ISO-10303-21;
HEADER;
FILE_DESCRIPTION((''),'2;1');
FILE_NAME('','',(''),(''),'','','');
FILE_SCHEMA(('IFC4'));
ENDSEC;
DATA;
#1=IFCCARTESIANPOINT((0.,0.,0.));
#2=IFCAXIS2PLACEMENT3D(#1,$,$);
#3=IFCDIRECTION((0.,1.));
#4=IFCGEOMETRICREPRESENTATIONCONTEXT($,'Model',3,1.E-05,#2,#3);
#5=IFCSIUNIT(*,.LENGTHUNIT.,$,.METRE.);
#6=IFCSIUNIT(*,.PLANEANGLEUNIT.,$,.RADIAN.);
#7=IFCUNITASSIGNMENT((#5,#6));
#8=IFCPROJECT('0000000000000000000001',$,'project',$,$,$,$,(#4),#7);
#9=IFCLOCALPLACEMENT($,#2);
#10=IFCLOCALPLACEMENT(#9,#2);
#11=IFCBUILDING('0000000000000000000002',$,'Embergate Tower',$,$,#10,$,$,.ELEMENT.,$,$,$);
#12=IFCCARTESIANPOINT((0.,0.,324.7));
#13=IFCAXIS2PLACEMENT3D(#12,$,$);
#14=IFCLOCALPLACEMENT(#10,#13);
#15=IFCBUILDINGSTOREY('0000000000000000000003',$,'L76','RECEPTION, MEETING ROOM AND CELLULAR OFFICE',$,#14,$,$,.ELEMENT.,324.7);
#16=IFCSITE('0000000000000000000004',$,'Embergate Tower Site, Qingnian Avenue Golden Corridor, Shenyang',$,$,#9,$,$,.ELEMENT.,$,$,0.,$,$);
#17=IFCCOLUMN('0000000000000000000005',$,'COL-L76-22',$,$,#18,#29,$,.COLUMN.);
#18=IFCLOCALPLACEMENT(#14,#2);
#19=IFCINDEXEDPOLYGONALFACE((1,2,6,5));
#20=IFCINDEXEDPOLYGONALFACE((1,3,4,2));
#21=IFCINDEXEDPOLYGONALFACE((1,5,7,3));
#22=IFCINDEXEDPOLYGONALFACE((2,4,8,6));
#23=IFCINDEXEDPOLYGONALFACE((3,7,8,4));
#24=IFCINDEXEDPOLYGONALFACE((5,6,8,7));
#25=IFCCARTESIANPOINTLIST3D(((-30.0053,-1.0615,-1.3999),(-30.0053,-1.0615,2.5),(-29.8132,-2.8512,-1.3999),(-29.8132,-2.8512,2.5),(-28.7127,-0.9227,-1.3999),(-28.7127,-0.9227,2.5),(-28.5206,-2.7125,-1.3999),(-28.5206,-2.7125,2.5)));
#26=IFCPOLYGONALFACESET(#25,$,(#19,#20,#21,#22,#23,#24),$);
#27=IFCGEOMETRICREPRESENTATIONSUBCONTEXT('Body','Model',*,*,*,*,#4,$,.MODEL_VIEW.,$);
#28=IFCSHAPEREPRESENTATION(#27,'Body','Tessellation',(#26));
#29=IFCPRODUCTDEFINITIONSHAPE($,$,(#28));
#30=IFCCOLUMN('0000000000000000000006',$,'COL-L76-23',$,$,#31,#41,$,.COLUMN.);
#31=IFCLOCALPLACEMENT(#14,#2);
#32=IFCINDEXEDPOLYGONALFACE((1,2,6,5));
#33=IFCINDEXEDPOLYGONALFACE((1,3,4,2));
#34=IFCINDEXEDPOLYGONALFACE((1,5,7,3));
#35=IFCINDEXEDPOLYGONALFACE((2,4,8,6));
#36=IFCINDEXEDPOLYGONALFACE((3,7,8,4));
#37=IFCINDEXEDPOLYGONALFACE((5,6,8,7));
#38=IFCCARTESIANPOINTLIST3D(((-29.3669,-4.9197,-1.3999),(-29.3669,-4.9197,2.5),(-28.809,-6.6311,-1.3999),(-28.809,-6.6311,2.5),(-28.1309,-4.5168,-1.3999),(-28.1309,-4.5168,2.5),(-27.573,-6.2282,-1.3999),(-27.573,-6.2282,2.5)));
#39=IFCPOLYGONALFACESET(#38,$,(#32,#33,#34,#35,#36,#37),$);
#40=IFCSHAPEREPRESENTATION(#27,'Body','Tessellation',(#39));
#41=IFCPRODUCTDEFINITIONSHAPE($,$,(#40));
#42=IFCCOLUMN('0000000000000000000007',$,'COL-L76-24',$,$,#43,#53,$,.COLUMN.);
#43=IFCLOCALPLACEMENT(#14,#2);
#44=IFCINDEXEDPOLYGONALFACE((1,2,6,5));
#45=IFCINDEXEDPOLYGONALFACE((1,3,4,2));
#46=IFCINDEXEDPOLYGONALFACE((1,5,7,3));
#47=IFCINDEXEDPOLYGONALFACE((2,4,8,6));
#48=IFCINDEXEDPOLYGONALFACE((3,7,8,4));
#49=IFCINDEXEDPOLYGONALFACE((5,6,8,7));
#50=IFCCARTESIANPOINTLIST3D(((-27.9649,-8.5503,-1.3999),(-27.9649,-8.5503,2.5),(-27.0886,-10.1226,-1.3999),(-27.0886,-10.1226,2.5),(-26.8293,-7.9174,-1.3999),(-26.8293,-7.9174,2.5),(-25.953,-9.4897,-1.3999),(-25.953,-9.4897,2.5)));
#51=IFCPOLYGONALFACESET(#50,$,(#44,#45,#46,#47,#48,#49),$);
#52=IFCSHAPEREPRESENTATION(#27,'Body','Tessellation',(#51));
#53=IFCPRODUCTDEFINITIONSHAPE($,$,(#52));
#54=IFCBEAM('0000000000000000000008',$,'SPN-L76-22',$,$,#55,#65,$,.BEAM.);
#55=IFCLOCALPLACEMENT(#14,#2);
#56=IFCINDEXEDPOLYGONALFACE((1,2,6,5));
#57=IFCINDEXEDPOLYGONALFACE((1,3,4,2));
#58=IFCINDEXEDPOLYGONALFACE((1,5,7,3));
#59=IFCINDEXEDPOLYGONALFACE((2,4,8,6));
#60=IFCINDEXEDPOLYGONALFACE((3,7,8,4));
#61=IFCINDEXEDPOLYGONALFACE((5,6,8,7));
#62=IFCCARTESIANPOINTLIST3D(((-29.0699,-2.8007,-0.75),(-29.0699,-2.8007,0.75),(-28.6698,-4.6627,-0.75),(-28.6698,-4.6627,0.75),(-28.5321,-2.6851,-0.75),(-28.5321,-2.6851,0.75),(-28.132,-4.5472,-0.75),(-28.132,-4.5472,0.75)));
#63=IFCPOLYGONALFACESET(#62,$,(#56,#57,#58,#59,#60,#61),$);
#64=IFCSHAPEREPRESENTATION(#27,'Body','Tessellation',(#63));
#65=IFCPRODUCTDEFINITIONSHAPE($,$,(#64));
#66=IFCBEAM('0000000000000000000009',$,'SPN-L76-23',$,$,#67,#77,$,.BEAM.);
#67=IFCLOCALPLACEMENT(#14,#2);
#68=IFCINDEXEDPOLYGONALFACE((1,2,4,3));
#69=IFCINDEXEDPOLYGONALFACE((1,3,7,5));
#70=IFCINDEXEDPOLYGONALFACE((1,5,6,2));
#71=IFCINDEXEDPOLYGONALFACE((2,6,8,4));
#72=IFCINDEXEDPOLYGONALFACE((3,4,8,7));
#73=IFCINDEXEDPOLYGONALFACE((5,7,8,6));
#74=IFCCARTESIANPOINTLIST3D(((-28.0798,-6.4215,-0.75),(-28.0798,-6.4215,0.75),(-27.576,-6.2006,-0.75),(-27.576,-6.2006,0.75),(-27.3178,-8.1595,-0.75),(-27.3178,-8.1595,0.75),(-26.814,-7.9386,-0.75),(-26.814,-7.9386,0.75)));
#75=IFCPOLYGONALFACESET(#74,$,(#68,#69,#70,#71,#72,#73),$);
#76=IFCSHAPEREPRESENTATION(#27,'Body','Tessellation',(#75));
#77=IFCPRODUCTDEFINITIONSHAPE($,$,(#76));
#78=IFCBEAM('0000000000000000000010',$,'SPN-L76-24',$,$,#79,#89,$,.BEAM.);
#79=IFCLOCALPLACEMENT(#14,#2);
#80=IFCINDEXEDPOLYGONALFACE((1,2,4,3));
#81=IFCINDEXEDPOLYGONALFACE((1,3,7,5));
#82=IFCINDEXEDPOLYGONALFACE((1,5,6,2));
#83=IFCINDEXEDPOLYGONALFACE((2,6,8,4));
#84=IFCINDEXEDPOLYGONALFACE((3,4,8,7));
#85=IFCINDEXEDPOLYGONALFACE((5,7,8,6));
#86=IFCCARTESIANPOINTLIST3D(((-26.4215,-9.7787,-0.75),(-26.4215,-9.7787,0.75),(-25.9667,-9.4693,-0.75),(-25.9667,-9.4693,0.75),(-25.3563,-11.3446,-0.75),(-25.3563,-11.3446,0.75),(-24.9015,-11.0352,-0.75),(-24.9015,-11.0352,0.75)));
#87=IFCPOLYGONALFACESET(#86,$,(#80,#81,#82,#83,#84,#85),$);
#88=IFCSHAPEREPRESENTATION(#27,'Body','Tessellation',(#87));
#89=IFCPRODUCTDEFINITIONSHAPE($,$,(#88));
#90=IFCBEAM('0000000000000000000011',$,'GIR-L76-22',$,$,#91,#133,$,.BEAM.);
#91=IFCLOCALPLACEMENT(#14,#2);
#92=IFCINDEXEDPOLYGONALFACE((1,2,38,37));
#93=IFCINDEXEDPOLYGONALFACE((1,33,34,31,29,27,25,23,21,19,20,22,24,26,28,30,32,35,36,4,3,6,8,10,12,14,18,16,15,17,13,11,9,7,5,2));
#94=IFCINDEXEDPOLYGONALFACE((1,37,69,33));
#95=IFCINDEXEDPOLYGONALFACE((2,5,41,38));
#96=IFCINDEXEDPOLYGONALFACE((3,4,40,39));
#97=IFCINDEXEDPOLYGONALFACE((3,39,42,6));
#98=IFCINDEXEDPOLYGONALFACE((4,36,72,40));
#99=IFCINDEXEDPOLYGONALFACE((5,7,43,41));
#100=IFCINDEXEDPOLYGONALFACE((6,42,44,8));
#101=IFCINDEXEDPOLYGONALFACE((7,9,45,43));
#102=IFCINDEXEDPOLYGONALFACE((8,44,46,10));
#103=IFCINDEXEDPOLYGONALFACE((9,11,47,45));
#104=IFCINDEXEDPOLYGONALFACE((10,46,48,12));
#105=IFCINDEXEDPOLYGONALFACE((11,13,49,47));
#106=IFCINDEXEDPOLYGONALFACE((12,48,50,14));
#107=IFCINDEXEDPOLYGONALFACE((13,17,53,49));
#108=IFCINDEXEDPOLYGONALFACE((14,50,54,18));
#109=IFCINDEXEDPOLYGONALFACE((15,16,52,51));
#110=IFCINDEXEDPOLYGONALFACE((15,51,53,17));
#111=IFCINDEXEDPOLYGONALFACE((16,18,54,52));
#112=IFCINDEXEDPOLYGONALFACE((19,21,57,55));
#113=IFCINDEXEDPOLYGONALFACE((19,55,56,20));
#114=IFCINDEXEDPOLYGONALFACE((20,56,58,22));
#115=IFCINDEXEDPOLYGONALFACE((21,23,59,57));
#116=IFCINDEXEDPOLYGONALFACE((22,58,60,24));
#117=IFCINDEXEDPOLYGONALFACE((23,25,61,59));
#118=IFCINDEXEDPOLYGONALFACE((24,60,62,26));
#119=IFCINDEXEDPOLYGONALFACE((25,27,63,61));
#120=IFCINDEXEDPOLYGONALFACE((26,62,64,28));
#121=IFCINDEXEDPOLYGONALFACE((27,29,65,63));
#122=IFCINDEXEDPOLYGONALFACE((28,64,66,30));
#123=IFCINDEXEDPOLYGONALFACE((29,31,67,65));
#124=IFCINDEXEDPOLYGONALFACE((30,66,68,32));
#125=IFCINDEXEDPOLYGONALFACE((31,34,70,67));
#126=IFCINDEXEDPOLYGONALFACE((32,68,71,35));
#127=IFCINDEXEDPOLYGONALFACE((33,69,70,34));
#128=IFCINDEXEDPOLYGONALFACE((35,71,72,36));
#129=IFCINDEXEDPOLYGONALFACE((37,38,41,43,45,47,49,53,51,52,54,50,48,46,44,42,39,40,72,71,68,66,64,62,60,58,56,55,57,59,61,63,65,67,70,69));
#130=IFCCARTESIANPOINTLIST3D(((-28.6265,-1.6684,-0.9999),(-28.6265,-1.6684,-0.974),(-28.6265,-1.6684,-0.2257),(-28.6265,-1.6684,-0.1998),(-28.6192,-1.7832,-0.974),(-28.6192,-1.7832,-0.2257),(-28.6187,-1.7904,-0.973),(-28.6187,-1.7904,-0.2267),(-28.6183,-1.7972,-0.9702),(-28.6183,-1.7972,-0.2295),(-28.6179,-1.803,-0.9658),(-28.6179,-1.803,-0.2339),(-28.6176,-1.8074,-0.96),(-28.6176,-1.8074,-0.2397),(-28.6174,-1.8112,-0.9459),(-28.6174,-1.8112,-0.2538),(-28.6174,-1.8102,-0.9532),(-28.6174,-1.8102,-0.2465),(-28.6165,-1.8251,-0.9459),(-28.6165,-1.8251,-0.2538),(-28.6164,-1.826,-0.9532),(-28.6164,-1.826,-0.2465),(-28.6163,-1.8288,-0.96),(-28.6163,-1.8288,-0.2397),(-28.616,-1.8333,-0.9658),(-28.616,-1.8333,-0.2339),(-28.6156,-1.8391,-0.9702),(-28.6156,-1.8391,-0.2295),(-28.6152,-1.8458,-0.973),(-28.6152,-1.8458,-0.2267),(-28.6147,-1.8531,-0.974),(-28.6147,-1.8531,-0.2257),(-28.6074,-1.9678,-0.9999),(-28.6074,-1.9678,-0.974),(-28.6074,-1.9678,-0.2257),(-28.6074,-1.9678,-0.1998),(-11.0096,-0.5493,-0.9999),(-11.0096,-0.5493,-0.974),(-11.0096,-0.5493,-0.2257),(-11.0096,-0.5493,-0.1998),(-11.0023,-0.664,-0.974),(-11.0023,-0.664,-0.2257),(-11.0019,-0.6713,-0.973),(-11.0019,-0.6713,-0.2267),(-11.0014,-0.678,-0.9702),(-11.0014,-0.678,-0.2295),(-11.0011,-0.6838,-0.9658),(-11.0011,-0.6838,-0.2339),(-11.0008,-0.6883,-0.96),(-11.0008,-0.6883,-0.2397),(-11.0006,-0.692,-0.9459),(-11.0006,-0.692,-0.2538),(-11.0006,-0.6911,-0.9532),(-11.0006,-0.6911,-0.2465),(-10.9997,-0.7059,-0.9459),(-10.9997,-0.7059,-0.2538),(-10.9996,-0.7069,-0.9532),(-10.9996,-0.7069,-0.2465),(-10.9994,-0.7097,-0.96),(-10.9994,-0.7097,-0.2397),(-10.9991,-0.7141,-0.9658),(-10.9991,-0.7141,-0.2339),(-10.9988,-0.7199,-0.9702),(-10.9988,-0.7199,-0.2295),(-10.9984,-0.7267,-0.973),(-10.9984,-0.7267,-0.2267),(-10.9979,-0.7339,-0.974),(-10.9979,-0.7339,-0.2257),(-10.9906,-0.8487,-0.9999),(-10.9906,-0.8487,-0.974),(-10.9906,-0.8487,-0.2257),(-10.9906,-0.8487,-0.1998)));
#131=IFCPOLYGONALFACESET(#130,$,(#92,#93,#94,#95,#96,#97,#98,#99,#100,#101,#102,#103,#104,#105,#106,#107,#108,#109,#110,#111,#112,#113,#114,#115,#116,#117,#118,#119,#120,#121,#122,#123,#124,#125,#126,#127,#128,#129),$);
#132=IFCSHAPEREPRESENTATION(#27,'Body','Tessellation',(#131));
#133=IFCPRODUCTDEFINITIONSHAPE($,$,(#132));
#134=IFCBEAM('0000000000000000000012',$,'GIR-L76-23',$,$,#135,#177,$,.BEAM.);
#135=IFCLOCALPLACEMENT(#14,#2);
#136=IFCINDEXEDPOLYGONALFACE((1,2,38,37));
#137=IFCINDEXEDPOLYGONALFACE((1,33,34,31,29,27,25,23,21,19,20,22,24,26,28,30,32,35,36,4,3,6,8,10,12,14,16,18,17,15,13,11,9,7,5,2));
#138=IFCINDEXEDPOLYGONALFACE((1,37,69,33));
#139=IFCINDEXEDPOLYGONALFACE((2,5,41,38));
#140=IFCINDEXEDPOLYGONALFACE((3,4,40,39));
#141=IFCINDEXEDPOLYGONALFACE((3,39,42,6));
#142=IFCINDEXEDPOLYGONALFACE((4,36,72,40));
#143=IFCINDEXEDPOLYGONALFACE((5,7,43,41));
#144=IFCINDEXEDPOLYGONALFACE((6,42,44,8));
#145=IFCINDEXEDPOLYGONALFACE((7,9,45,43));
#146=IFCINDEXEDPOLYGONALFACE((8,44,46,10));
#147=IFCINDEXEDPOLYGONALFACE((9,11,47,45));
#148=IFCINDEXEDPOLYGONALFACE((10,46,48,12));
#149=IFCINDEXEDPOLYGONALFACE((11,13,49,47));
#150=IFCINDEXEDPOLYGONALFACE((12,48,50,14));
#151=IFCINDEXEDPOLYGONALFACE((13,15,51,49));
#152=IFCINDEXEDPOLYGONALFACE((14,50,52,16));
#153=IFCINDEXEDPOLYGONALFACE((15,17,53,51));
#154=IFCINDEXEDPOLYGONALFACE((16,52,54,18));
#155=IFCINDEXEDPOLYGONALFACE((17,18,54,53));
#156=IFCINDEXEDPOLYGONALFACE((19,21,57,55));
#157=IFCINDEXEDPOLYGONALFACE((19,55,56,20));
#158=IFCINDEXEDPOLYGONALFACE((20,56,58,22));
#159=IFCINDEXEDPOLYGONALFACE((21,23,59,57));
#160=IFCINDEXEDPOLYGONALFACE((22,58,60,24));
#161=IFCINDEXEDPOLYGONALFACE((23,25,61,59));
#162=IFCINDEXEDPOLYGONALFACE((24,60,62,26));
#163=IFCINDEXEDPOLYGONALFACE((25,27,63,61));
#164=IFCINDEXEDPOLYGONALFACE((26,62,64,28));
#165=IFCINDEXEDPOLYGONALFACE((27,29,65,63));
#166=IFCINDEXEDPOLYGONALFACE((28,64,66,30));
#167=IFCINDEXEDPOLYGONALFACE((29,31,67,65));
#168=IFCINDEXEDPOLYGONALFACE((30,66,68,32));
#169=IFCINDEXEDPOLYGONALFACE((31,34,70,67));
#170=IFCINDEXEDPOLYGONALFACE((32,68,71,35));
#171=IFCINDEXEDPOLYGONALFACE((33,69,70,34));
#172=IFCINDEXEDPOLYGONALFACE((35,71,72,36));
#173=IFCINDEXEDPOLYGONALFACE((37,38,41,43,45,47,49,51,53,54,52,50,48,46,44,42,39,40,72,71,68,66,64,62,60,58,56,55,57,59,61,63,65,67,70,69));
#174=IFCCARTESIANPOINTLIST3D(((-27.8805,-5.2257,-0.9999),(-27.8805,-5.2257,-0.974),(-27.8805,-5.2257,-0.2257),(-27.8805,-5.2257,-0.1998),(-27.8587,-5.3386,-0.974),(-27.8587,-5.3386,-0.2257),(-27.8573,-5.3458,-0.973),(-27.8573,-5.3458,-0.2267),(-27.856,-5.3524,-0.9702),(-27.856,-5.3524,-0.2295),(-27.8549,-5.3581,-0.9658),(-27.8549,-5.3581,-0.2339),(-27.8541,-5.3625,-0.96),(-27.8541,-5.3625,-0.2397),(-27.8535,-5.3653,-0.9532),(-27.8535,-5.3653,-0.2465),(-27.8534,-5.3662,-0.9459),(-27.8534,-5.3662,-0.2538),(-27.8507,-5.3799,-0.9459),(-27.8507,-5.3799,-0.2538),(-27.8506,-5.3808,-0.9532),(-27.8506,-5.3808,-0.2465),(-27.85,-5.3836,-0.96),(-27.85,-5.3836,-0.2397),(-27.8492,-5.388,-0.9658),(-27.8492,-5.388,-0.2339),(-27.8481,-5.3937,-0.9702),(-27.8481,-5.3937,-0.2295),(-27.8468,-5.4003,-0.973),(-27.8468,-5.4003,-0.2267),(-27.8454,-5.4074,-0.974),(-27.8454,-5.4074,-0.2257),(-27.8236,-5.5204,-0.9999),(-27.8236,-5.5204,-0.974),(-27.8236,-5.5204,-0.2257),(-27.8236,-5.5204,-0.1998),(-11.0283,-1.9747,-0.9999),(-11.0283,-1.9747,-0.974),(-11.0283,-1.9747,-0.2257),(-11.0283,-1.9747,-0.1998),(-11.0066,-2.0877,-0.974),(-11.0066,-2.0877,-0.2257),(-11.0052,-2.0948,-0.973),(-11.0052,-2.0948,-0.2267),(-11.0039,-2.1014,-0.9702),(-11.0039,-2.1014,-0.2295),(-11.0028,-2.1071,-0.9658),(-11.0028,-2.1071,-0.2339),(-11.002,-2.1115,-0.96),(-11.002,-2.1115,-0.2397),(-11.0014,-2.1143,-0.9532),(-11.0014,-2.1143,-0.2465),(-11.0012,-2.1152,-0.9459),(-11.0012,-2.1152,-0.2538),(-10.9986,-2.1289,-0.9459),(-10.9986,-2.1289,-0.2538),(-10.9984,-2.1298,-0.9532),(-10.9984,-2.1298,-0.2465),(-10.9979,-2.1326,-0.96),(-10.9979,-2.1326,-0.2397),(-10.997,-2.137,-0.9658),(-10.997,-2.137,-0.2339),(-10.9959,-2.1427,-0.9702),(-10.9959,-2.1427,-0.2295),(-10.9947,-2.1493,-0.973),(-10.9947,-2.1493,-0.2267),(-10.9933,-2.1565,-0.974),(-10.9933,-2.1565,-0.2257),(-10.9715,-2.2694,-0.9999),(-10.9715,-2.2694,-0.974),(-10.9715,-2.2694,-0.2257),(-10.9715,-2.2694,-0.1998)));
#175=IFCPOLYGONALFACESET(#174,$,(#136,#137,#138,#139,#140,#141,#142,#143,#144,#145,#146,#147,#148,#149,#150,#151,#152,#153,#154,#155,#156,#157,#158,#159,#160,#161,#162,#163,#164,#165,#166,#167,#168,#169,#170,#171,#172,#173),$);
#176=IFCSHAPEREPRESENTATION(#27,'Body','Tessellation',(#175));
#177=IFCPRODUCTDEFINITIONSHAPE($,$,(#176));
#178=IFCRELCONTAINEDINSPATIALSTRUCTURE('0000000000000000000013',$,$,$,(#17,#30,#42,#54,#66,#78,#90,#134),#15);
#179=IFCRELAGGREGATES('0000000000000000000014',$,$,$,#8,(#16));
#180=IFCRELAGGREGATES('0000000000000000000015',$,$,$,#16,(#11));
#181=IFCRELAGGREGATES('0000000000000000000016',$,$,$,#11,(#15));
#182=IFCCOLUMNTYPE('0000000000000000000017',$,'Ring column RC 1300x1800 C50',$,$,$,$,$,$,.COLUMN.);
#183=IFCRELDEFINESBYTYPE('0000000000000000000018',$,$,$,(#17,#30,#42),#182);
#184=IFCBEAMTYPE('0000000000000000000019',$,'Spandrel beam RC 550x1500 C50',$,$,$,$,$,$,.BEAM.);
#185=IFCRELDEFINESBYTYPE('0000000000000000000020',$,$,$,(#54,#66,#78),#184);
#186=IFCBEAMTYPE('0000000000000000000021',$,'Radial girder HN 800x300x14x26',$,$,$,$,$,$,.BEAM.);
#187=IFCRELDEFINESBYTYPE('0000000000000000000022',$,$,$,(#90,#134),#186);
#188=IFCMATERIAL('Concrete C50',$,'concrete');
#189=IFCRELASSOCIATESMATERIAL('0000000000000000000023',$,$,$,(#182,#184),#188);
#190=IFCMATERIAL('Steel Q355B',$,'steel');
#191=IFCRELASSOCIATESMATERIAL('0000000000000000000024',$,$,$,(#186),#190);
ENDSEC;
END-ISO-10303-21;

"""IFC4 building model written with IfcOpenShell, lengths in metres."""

from ifc_helpers import new_model, si_unit, direction, frame, origin, origin_2d, place, context, subcontext, project, spatial, rectangle, i_section, extrude, source, transform, mapped, material, material_profile, profile_set, type_object, element, save


model = new_model("IFC4")

# Units and contexts
model_context = context("Model", 3, precision=1e-05, world=origin(), true_north=direction((0.0, 1.0)))
body_context = subcontext(model_context, "Body", "Model", "MODEL_VIEW")
ifc_project = project(units=[si_unit("LENGTHUNIT", "METRE"), si_unit("PLANEANGLEUNIT", "RADIAN")], contexts=[model_context])

# Site, building, storey
site_placement = place(None, origin())
site = spatial("IfcSite", under=ifc_project, at=site_placement, Name="Embergate Tower Site, Qingnian Avenue Golden Corridor, Shenyang", CompositionType="ELEMENT", RefElevation=0.0)
building_placement = place(site_placement, origin())
building = spatial("IfcBuilding", under=site, at=building_placement, Name="Embergate Tower", CompositionType="ELEMENT")
storey_placement = place(building_placement, frame((0.0, 0.0, 324.7)))
storey = spatial("IfcBuildingStorey", under=building, at=storey_placement, Name="L76", Description="RECEPTION, MEETING ROOM AND CELLULAR OFFICE", CompositionType="ELEMENT", Elevation=324.7)

# Columns
ifc_material_1 = material(Name="Concrete C50", Category="concrete")
ifc_material_profile_1 = material_profile(ifc_material_1, rectangle(XDim=1.3, YDim=1.8, at=origin_2d()), Name="RC 1300x1800")
ifc_profile_set_1 = profile_set([ifc_material_profile_1], Name="Concrete C50")
column_type = type_object("IfcColumnType", Name="Ring column RC 1300x1800 C50", PredefinedType="COLUMN", material=ifc_profile_set_1)
shared_shape_1 = source(origin(), body_context, "Body", "SweptSolid", [
    extrude(rectangle(XDim=1.3, YDim=1.8, at=origin_2d()), origin(), (0.0, 0.0, 1.0), 3.8999),
])
for number, where, z_axis, x_axis, name in (
    (1, (-29.2629, -1.887, -1.3999), (0.0, 0.0, 1.0), (-0.994286, -0.10675, 0.0), "COL-L76-22"),
    (2, (-28.47, -5.574, -1.3999), (0.0, 0.0, 1.0), (-0.950754, -0.309946, 0.0), "COL-L76-23"),
    (3, (-26.959, -9.02, -1.3999), (0.0, 0.0, 1.0), (-0.8735, -0.486823, 0.0), "COL-L76-24"),
):
    element("IfcColumn", number, at=place(storey_placement, frame(where, z_axis=z_axis, x_axis=x_axis)), inside=storey, type_object=column_type, Name=name, PredefinedType="COLUMN", context=body_context, shape_type="MappedRepresentation", body=[
        mapped(shared_shape_1, transform((0.0, 0.0, 0.0))),
    ])

# Beams
ifc_material_profile_2 = material_profile(ifc_material_1, rectangle(XDim=0.55, YDim=1.5, at=origin_2d()), Name="RC 550x1500")
ifc_profile_set_2 = profile_set([ifc_material_profile_2], Name="Concrete C50")
beam_type_1 = type_object("IfcBeamType", Name="Spandrel beam RC 550x1500 C50", PredefinedType="BEAM", material=ifc_profile_set_2)
shared_shape_2 = source(origin(), body_context, "Body", "SweptSolid", [
    extrude(rectangle(XDim=0.55, YDim=1.5, at=origin_2d()), origin(), (0.0, 0.0, 1.0), 1.9045),
])
beam_1_placement = place(storey_placement, frame((-28.801, -2.7429, 0.0), z_axis=(0.210098, -0.97768, 0.0), x_axis=(0.97768, 0.210098, 0.0)))
element("IfcBeam", 4, at=beam_1_placement, inside=storey, type_object=beam_type_1, Name="SPN-L76-22", PredefinedType="BEAM", context=body_context, shape_type="MappedRepresentation", body=[
    mapped(shared_shape_2, transform((0.0, 0.0, 0.0))),
])
shared_shape_3 = source(origin(), body_context, "Body", "SweptSolid", [
    extrude(rectangle(XDim=0.55, YDim=1.5, at=origin_2d()), origin(), (0.0, 0.0, 1.0), 1.8977),
])
beam_2_placement = place(storey_placement, frame((-27.8279, -6.311, 0.0), z_axis=(0.401514, -0.915853, 0.0), x_axis=(0.915853, 0.401514, 0.0)))
element("IfcBeam", 5, at=beam_2_placement, inside=storey, type_object=beam_type_1, Name="SPN-L76-23", PredefinedType="BEAM", context=body_context, shape_type="MappedRepresentation", body=[
    mapped(shared_shape_3, transform((0.0, 0.0, 0.0))),
])
shared_shape_4 = source(origin(), body_context, "Body", "SweptSolid", [
    extrude(rectangle(XDim=0.55, YDim=1.5, at=origin_2d()), origin(), (0.0, 0.0, 1.0), 1.8938),
])
beam_3_placement = place(storey_placement, frame((-26.1941, -9.624, 0.0), z_axis=(0.56244, -0.826838, 0.0), x_axis=(0.826838, 0.56244, 0.0)))
element("IfcBeam", 6, at=beam_3_placement, inside=storey, type_object=beam_type_1, Name="SPN-L76-24", PredefinedType="BEAM", context=body_context, shape_type="MappedRepresentation", body=[
    mapped(shared_shape_4, transform((0.0, 0.0, 0.0))),
])
ifc_material_2 = material(Name="Steel Q355B", Category="steel")
ifc_material_profile_3 = material_profile(ifc_material_2, i_section(OverallWidth=0.3, OverallDepth=0.8, WebThickness=0.0139, FlangeThickness=0.0259, FilletRadius=0.0281, at=origin_2d()), Name="HN 800x300x14x26")
ifc_profile_set_3 = profile_set([ifc_material_profile_3], Name="Steel Q355 grade B")
beam_type_2 = type_object("IfcBeamType", Name="Radial girder HN 800x300x14x26", PredefinedType="BEAM", material=ifc_profile_set_3)
shared_shape_5 = source(origin(), body_context, "Body", "SweptSolid", [
    extrude(i_section(OverallWidth=0.3, OverallDepth=0.8, WebThickness=0.0139, FlangeThickness=0.0259, FilletRadius=0.0281, at=origin_2d()), origin(), (0.0, 0.0, 1.0), 17.6523),
])
beam_4_placement = place(storey_placement, frame((-28.6169, -1.8181, -0.5999), z_axis=(0.997988, 0.063399, 0.0), x_axis=(-0.063399, 0.997988, 0.0)))
element("IfcBeam", 7, at=beam_4_placement, inside=storey, type_object=beam_type_2, Name="GIR-L76-22", PredefinedType="BEAM", context=body_context, shape_type="MappedRepresentation", body=[
    mapped(shared_shape_5, transform((0.0, 0.0, 0.0))),
])
shared_shape_6 = source(origin(), body_context, "Body", "SweptSolid", [
    extrude(i_section(OverallWidth=0.3, OverallDepth=0.8, WebThickness=0.0139, FlangeThickness=0.0259, FilletRadius=0.0281, at=origin_2d()), origin(), (0.0, 0.0, 1.0), 17.1628),
])
beam_5_placement = place(storey_placement, frame((-27.8521, -5.373, -0.5999), z_axis=(0.981896, 0.18942, 0.0), x_axis=(-0.18942, 0.981896, 0.0)))
element("IfcBeam", 8, at=beam_5_placement, inside=storey, type_object=beam_type_2, Name="GIR-L76-23", PredefinedType="BEAM", context=body_context, shape_type="MappedRepresentation", body=[
    mapped(shared_shape_6, transform((0.0, 0.0, 0.0))),
])

save(model, "model.ifc")
